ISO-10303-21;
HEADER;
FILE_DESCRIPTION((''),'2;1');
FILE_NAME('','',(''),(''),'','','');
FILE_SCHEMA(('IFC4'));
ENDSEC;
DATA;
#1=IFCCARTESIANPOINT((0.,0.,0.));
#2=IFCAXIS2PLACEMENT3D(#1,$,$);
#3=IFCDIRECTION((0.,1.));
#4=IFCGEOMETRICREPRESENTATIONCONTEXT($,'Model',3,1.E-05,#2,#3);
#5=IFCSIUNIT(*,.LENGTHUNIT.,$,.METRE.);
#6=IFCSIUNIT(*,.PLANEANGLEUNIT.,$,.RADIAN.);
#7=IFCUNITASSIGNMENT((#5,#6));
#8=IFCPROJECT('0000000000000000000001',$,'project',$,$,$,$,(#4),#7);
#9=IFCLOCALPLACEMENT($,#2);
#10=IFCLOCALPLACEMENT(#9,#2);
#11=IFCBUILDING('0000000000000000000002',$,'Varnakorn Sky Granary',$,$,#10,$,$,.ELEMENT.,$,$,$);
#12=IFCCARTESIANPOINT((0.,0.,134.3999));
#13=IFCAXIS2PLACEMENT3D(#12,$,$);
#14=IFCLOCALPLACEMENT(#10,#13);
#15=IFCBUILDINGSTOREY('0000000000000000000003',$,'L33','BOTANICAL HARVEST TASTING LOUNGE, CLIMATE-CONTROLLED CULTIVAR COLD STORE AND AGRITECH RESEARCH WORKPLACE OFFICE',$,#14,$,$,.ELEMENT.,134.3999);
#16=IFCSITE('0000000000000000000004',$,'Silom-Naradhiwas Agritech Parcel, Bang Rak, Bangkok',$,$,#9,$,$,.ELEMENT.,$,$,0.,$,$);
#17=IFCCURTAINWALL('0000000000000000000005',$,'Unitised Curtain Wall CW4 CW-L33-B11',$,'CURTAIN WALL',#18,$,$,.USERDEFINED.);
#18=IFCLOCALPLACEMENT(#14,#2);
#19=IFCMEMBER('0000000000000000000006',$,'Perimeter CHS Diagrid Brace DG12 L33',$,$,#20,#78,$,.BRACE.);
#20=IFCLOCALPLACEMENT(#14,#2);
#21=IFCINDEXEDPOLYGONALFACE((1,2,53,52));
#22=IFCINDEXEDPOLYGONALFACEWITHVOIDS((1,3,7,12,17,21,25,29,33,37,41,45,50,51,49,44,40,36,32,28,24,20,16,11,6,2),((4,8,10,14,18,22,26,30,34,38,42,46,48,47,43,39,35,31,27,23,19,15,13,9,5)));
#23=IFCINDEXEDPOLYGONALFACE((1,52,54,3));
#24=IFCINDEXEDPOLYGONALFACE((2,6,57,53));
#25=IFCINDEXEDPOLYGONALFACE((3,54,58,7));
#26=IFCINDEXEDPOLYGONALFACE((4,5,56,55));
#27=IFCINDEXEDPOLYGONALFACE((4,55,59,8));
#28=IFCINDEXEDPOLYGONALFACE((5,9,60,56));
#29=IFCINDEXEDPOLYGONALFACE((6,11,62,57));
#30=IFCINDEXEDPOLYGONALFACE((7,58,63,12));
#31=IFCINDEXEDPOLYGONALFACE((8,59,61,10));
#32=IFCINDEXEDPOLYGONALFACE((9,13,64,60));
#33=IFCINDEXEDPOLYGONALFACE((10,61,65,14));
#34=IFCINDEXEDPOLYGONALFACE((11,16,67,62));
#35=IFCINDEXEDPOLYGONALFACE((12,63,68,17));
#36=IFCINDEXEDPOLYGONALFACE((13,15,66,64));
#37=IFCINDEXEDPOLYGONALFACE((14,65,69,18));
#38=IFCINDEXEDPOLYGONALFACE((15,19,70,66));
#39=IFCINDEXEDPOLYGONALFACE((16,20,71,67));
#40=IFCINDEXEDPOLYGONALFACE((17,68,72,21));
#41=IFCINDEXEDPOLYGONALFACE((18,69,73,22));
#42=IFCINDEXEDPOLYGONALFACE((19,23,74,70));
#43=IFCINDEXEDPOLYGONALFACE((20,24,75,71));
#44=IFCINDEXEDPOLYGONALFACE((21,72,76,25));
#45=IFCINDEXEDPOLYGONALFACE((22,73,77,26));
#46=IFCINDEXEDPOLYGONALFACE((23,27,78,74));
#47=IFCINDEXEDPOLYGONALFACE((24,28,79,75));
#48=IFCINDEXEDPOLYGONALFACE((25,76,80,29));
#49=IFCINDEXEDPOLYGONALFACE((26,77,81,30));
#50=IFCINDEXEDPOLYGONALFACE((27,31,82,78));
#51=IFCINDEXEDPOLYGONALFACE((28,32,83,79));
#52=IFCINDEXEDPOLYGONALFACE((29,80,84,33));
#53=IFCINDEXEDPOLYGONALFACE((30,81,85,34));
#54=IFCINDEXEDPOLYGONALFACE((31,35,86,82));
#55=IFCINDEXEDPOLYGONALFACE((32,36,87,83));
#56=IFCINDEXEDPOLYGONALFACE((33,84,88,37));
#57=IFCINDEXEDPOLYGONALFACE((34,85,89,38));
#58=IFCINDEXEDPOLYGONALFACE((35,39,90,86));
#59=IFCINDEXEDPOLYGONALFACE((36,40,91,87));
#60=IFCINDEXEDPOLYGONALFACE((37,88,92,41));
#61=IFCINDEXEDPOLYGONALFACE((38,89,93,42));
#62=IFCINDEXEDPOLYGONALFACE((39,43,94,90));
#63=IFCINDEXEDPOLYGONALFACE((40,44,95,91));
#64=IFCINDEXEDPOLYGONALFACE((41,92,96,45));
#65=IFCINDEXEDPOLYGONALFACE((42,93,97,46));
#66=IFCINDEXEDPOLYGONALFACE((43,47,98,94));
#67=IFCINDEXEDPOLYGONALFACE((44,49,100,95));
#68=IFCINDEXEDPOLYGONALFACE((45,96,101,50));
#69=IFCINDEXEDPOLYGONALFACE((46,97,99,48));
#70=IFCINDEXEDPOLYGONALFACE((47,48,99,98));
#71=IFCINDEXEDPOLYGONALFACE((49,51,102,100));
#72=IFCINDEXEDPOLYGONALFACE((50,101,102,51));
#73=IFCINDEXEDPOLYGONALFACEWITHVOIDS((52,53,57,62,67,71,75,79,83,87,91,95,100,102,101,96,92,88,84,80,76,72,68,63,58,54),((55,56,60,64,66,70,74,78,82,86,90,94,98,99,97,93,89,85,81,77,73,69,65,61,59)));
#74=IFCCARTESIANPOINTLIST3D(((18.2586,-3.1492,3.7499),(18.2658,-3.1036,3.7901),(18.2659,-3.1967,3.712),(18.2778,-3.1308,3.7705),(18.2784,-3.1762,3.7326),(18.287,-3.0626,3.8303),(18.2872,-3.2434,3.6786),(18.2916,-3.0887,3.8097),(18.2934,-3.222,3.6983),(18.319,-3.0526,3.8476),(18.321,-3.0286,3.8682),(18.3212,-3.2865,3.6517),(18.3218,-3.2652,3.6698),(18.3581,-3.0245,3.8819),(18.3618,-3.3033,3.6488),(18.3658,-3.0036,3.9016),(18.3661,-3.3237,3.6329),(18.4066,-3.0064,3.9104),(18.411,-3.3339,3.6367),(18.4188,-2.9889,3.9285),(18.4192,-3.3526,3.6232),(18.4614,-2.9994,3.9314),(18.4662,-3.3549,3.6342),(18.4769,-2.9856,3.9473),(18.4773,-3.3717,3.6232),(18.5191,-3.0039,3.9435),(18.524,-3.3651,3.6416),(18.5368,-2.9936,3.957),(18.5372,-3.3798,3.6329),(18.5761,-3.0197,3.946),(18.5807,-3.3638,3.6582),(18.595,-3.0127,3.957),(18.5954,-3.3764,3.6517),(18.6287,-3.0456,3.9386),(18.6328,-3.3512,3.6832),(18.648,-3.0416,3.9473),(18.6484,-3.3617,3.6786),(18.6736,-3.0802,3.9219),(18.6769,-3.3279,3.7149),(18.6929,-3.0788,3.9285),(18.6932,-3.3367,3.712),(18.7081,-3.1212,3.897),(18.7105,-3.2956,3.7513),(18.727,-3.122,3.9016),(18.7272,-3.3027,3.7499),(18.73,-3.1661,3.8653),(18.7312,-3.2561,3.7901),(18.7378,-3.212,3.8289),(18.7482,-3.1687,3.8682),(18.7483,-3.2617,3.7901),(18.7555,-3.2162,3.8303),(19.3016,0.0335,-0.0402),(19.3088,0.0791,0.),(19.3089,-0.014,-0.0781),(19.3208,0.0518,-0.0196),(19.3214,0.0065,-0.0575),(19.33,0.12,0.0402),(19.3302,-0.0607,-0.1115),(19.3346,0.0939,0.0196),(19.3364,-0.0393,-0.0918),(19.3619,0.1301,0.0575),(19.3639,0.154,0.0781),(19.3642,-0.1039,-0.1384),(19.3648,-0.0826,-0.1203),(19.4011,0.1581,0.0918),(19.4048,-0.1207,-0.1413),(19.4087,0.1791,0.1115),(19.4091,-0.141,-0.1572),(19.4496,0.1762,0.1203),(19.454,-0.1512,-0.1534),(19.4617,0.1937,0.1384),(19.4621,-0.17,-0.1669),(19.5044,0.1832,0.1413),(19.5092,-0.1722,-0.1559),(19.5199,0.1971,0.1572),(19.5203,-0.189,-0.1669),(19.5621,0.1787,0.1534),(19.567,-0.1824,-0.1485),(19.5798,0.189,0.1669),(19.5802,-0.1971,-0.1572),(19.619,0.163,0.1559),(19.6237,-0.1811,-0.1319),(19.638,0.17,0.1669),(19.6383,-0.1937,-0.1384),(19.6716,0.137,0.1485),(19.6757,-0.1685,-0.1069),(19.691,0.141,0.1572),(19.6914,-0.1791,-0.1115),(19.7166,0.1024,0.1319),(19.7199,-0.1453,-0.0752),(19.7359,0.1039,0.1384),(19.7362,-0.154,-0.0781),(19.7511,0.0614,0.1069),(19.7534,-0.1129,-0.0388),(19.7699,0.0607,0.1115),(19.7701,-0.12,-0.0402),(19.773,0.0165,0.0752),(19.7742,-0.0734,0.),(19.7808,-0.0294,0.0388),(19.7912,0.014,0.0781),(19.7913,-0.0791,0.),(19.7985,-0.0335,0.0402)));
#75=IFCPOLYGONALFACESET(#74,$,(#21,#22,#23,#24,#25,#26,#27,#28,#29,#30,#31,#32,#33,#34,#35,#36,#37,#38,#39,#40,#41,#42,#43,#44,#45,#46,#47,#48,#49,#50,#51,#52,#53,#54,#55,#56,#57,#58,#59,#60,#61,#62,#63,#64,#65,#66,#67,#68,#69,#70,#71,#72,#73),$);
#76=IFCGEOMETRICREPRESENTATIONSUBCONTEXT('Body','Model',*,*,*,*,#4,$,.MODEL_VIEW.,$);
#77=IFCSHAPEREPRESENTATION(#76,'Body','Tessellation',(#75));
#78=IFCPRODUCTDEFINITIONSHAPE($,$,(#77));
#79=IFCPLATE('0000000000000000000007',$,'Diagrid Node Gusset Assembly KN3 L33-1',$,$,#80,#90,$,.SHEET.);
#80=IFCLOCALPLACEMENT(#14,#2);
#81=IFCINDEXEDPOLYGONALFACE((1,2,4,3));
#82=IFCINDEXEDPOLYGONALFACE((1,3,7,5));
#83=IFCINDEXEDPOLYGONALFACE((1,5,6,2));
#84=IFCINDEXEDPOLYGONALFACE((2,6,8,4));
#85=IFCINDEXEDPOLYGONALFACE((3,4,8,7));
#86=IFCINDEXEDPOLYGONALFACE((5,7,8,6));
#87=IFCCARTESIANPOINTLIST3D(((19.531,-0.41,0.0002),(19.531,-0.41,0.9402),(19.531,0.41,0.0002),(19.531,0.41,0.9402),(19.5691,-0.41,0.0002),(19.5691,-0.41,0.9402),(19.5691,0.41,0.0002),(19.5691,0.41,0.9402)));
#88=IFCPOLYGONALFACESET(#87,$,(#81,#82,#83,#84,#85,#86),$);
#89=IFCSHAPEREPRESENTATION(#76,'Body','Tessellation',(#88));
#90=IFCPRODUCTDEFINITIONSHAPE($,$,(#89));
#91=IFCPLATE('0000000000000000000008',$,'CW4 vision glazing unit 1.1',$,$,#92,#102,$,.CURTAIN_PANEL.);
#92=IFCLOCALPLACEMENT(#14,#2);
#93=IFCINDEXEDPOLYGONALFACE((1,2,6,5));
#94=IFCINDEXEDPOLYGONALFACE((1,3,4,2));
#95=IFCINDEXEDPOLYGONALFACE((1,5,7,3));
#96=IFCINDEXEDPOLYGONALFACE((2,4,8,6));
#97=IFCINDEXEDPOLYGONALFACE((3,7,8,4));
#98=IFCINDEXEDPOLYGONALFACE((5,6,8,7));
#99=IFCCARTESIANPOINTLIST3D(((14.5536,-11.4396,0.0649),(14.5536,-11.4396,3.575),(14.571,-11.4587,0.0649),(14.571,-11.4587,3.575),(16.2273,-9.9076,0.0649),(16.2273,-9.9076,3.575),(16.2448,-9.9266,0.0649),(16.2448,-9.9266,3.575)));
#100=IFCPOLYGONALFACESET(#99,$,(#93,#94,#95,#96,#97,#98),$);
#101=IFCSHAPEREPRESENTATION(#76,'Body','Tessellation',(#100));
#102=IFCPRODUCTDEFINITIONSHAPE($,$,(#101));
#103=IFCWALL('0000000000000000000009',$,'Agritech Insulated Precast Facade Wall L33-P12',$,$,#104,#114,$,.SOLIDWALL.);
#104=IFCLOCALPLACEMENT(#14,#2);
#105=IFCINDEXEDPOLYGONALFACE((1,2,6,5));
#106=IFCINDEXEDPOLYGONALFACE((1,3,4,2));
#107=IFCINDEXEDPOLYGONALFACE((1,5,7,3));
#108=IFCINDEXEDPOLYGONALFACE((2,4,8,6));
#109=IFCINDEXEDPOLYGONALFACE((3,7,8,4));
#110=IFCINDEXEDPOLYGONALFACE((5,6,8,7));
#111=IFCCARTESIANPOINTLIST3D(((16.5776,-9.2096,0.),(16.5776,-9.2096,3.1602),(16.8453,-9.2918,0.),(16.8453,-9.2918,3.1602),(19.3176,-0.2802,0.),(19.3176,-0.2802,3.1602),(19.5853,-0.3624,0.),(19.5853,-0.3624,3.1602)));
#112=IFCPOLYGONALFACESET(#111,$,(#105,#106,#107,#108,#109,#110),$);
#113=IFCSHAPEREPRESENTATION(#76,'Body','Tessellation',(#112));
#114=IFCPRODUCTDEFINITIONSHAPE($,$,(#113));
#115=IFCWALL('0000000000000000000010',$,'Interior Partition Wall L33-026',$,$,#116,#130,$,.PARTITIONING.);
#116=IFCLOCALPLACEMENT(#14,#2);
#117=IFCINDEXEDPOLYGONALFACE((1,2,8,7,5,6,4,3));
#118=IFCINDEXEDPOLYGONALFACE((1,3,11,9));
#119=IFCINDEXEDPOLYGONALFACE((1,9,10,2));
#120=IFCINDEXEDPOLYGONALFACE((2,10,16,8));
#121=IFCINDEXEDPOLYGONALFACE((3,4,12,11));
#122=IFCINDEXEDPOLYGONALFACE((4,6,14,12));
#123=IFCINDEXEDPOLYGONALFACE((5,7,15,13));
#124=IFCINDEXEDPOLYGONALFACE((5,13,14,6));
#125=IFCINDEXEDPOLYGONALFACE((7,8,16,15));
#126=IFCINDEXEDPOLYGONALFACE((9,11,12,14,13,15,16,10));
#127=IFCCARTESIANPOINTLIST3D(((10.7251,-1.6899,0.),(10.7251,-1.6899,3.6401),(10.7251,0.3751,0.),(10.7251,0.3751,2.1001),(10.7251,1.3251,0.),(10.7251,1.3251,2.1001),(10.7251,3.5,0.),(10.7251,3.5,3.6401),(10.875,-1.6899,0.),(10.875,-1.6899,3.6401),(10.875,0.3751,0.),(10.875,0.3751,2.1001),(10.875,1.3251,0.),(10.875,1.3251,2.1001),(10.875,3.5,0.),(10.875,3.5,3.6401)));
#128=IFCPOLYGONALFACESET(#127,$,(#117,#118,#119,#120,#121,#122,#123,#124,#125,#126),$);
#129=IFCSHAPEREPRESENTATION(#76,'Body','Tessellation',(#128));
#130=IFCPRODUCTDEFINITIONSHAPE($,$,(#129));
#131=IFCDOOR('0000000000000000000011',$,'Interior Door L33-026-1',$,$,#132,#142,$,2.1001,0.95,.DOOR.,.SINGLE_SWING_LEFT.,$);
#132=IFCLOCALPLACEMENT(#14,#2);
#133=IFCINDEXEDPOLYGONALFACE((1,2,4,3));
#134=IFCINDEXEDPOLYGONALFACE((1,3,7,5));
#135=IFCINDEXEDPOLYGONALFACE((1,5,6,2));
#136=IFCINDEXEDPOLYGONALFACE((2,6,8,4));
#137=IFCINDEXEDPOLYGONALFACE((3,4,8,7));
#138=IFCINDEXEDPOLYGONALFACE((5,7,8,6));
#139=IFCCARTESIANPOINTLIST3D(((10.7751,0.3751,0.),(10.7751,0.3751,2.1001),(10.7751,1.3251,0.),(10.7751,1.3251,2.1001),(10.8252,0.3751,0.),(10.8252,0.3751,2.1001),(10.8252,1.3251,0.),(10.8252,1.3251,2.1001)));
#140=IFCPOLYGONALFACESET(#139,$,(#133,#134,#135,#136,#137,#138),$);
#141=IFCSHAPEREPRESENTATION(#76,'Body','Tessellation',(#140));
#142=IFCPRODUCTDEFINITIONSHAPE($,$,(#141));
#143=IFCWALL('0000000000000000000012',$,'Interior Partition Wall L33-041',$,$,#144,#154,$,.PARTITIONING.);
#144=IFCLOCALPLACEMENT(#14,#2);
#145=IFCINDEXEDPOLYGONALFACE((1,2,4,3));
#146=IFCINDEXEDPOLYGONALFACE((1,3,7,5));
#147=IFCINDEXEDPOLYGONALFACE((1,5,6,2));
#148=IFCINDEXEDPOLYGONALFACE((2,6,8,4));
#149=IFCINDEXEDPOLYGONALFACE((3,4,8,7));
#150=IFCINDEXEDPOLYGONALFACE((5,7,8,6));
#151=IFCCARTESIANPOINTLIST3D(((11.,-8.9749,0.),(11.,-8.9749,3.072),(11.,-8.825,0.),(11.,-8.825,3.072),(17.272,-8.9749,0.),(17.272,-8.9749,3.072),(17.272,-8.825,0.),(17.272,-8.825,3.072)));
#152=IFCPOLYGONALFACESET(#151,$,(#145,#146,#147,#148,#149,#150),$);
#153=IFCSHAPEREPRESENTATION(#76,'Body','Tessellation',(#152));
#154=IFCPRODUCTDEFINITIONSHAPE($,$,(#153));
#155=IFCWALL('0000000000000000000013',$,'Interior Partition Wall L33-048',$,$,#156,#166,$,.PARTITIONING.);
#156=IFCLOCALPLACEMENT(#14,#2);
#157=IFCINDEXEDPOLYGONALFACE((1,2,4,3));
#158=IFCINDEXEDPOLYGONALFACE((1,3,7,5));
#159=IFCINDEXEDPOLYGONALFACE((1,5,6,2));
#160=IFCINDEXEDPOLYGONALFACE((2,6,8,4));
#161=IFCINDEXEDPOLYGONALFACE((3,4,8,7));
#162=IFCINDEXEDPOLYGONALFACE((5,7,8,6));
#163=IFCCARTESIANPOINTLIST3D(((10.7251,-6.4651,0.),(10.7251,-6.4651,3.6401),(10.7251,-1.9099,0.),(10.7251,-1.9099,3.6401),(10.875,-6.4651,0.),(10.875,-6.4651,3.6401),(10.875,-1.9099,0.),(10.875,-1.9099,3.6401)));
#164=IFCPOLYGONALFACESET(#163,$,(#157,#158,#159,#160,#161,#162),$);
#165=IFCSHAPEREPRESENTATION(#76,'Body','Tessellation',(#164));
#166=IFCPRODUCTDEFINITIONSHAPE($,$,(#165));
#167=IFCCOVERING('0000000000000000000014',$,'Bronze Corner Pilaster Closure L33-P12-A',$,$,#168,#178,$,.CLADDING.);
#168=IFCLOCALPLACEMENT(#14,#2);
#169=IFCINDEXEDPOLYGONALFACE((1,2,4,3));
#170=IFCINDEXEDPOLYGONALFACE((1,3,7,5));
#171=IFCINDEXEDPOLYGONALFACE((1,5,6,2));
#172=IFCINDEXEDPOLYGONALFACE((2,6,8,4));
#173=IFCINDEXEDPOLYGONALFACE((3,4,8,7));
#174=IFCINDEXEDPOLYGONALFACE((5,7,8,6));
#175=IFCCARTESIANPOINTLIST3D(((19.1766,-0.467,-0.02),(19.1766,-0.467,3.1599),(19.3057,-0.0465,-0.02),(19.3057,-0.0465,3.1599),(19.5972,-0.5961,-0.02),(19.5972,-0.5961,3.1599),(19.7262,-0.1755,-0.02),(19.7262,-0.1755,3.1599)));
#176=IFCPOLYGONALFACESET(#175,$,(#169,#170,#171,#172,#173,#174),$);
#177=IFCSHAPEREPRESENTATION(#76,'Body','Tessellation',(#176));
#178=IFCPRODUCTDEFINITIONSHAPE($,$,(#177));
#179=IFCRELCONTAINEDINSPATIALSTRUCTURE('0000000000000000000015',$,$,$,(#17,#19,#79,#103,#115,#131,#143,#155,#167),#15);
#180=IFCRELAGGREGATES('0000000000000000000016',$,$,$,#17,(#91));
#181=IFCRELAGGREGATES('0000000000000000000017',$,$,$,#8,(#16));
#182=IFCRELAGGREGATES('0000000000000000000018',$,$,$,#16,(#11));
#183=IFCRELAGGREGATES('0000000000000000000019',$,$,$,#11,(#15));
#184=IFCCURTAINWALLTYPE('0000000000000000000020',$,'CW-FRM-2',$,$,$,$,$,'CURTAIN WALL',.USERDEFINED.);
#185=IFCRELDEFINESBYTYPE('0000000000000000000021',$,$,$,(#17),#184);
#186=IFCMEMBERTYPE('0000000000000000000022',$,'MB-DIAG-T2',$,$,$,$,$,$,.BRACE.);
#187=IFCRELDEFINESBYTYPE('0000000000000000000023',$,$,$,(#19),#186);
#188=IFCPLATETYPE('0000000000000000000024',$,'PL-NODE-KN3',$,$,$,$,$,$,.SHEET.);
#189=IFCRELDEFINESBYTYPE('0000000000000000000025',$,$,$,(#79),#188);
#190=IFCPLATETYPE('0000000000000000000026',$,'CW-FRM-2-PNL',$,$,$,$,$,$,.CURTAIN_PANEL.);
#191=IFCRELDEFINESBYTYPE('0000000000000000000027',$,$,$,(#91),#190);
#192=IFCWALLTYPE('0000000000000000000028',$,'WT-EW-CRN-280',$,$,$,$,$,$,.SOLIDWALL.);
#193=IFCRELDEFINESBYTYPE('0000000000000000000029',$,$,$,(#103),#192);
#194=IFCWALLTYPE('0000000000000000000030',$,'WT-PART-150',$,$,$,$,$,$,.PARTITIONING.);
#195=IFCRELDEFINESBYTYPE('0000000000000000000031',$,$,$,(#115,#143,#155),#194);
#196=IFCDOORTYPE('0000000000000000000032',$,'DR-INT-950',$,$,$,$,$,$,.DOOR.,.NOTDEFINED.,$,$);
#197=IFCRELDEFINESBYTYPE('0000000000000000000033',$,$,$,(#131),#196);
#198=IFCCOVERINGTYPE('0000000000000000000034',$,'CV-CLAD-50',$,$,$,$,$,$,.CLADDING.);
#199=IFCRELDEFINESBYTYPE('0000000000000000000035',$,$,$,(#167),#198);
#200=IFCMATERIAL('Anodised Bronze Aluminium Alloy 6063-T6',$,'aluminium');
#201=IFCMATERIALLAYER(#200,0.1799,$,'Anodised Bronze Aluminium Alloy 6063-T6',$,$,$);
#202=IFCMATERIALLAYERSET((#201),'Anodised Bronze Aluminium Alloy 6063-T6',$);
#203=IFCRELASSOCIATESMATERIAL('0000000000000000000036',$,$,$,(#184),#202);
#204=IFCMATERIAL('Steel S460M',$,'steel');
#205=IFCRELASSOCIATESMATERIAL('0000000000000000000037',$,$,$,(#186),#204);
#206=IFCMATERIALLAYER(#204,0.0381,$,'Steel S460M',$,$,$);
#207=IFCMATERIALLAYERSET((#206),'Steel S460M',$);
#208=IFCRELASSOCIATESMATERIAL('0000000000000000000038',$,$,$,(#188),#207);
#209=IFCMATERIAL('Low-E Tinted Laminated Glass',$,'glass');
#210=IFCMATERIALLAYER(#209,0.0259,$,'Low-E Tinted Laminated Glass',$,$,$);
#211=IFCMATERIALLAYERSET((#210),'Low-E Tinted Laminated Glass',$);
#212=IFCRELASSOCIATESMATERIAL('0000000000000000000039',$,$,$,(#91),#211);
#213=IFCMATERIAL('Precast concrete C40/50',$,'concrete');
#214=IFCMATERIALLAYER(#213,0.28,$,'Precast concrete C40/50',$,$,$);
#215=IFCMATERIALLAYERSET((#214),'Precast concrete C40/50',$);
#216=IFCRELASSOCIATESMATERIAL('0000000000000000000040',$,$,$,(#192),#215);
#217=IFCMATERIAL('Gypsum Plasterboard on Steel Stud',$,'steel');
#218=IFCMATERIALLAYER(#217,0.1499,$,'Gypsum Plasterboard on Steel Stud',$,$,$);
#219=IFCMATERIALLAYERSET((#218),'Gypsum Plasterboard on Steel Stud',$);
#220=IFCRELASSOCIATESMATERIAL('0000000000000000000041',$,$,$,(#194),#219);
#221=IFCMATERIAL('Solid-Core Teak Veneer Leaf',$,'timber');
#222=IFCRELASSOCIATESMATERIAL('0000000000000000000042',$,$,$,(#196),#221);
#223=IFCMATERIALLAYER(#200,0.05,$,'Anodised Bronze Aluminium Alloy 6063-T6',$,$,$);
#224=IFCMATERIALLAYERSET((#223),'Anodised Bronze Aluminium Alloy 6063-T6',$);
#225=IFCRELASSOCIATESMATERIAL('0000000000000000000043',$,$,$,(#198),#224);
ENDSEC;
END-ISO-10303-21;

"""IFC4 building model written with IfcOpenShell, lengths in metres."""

from ifc_helpers import new_model, si_unit, direction, frame, frame_2d, origin, origin_2d, place, context, subcontext, project, spatial, rectangle, hollow_circle, extrude, source, transform, mapped, material, layer, layer_set, material_profile, profile_set, type_object, type_shapes, element, fill, aggregate, save


model = new_model("IFC4")

# Units and contexts
model_context = context("Model", 3, precision=1e-05, world=origin(), true_north=direction((0.0, 1.0)))
body_context = subcontext(model_context, "Body", "Model", "MODEL_VIEW")
ifc_project = project(units=[si_unit("LENGTHUNIT", "METRE"), si_unit("PLANEANGLEUNIT", "RADIAN")], contexts=[model_context])

# Site, building, storey
site_placement = place(None, origin())
site = spatial("IfcSite", under=ifc_project, at=site_placement, Name="Silom-Naradhiwas Agritech Parcel, Bang Rak, Bangkok", CompositionType="ELEMENT", RefElevation=0.0)
building_placement = place(site_placement, origin())
building = spatial("IfcBuilding", under=site, at=building_placement, Name="Varnakorn Sky Granary", CompositionType="ELEMENT")
storey_placement = place(building_placement, frame((0.0, 0.0, 134.3999)))
storey = spatial("IfcBuildingStorey", under=building, at=storey_placement, Name="L33", Description="BOTANICAL HARVEST TASTING LOUNGE, CLIMATE-CONTROLLED CULTIVAR COLD STORE AND AGRITECH RESEARCH WORKPLACE OFFICE", CompositionType="ELEMENT", Elevation=134.3999)

# Shared definitions
ifc_material_1 = material(Name="Steel S460M", Category="steel")

# Shared definitions
ifc_material_2 = material(Name="Anodised Bronze Aluminium Alloy 6063-T6", Category="aluminium")
ifc_layer_1 = layer(ifc_material_2, 0.1799, Name="Anodised Bronze Aluminium Alloy 6063-T6")
ifc_layer_set_1 = layer_set([ifc_layer_1], Name="Anodised Bronze Aluminium Alloy 6063-T6")
curtain_wall_type = type_object("IfcCurtainWallType", Name="CW-FRM-2", ElementType="CURTAIN WALL", PredefinedType="USERDEFINED", material=ifc_layer_set_1)

# Curtain wall
curtain_wall_1_placement = place(storey_placement, origin())
curtain_wall_1 = element("IfcCurtainWall", 1, at=curtain_wall_1_placement, inside=storey, type_object=curtain_wall_type, Name="Unitised Curtain Wall CW4 CW-L33-B11", ObjectType="CURTAIN WALL", PredefinedType="USERDEFINED")

# Member
ifc_material_profile_1 = material_profile(ifc_material_1, hollow_circle(Radius=0.2539, WallThickness=0.0181, at=origin_2d()), Name="CHS 508x18")
ifc_profile_set_1 = profile_set([ifc_material_profile_1], Name="Steel S460M")
member_type_1 = type_object("IfcMemberType", Name="MB-DIAG-T2", PredefinedType="BRACE", material=ifc_profile_set_1)
for number, where, z_axis, x_axis, name in (
    (2, (19.55, 0.0, 0.0), (-0.20621, -0.629251, 0.749347), (0.950275, -0.311413, 0.0), "Perimeter CHS Diagrid Brace DG12 L33"),
):
    element("IfcMember", number, at=place(storey_placement, frame(where, z_axis=z_axis, x_axis=x_axis)), inside=storey, type_object=member_type_1, Name=name, PredefinedType="BRACE", context=body_context, shape_type="SweptSolid", body=[
        extrude(hollow_circle(Radius=0.2539, WallThickness=0.0181, at=origin_2d()), origin(), (0.0, 0.0, 1.0), 5.0579),
    ])

# Plates
ifc_layer_2 = layer(ifc_material_1, 0.0381, Name="Steel S460M")
ifc_layer_set_2 = layer_set([ifc_layer_2], Name="Steel S460M")
plate_type_1 = type_object("IfcPlateType", Name="PL-NODE-KN3", PredefinedType="SHEET", material=ifc_layer_set_2)
plate_1_placement = place(storey_placement, frame((19.55, 0.0, 0.0002), z_axis=(0.0, 0.0, 1.0), x_axis=(0.0, 1.0, 0.0)))
element("IfcPlate", 3, at=plate_1_placement, inside=storey, type_object=plate_type_1, Name="Diagrid Node Gusset Assembly KN3 L33-1", PredefinedType="SHEET", context=body_context, shape_type="SweptSolid", body=[
    extrude(rectangle(XDim=0.8201, YDim=0.0381, at=origin_2d()), origin(), (0.0, 0.0, 1.0), 0.9399),
])
ifc_material_3 = material(Name="Low-E Tinted Laminated Glass", Category="glass")
ifc_layer_3 = layer(ifc_material_3, 0.0259, Name="Low-E Tinted Laminated Glass")
ifc_layer_set_3 = layer_set([ifc_layer_3], Name="Low-E Tinted Laminated Glass")
plate_type_2 = type_object("IfcPlateType", Name="CW-FRM-2-PNL", PredefinedType="CURTAIN_PANEL")
shared_shape_1 = source(origin(), body_context, "Body", "SweptSolid", [
    extrude(rectangle(XDim=2.269, YDim=0.0259, at=origin_2d()), origin(), (0.0, 0.0, 1.0), 3.51),
])
type_shapes(plate_type_2, [shared_shape_1])
plate_2_placement = place(storey_placement, frame((15.3992, -10.6831, 0.0649), z_axis=(0.0, 0.0, 1.0), x_axis=(-0.737651, -0.675183, 0.0)))
plate_2 = element("IfcPlate", 4, at=plate_2_placement, type_object=plate_type_2, material=ifc_layer_set_3, Name="CW4 vision glazing unit 1.1", PredefinedType="CURTAIN_PANEL", context=body_context, shape_type="MappedRepresentation", body=[
    mapped(shared_shape_1, transform((0.0, 0.0, 0.0), x_axis=(1.0, 0.0, 0.0), y_axis=(0.0, 1.0, 0.0), z_axis=(0.0, 0.0, 1.0), scale=1.0)),
])
aggregate(curtain_wall_1, [plate_2])

# Wall
ifc_material_4 = material(Name="Precast concrete C40/50", Category="concrete")
ifc_layer_4 = layer(ifc_material_4, 0.28, Name="Precast concrete C40/50")
ifc_layer_set_4 = layer_set([ifc_layer_4], Name="Precast concrete C40/50")
wall_type_1 = type_object("IfcWallType", Name="WT-EW-CRN-280", PredefinedType="SOLIDWALL", material=ifc_layer_set_4)
wall_1_placement = place(storey_placement, frame((19.4514, -0.3213, 0.0), z_axis=(0.0, 0.0, 1.0), x_axis=(-0.293349, -0.956005, 0.0)))
element("IfcWall", 5, at=wall_1_placement, inside=storey, type_object=wall_type_1, Name="Agritech Insulated Precast Facade Wall L33-P12", PredefinedType="SOLIDWALL", context=body_context, shape_type="SweptSolid", body=[
    extrude(rectangle(XDim=9.3403, YDim=0.28, at=frame_2d((4.6702, 0.0))), origin(), (0.0, 0.0, 1.0), 3.1602),
])

# Wall, opening, door
ifc_material_5 = material(Name="Gypsum Plasterboard on Steel Stud", Category="steel")
ifc_layer_5 = layer(ifc_material_5, 0.1499, Name="Gypsum Plasterboard on Steel Stud")
ifc_layer_set_5 = layer_set([ifc_layer_5], Name="Gypsum Plasterboard on Steel Stud")
wall_type_2 = type_object("IfcWallType", Name="WT-PART-150", PredefinedType="PARTITIONING", material=ifc_layer_set_5)
wall_2_placement = place(storey_placement, frame((10.8, -1.6899, 0.0), z_axis=(0.0, 0.0, 1.0), x_axis=(0.0, 1.0, 0.0)))
wall_2 = element("IfcWall", 6, at=wall_2_placement, inside=storey, type_object=wall_type_2, Name="Interior Partition Wall L33-026", PredefinedType="PARTITIONING", context=body_context, shape_type="SweptSolid", body=[
    extrude(rectangle(XDim=5.1899, YDim=0.1499, at=frame_2d((2.595, 0.0))), origin(), (0.0, 0.0, 1.0), 3.6401),
])
opening_placement = place(wall_2_placement, frame((2.0649, 0.0, 0.0)))
opening = element("IfcOpeningElement", 7, at=opening_placement, cuts=wall_2, PredefinedType="OPENING", context=body_context, shape_type="SweptSolid", body=[
    extrude(rectangle(XDim=0.95, YDim=2.1001, at=frame_2d((0.4751, 1.05))), frame((0.0, 0.085, 0.0), z_axis=(0.0, -1.0, 0.0), x_axis=(1.0, 0.0, 0.0)), (0.0, 0.0, 1.0), 0.1699),
])
ifc_material_6 = material(Name="Solid-Core Teak Veneer Leaf", Category="timber")
door_type = type_object("IfcDoorType", Name="DR-INT-950", OperationType="NOTDEFINED", PredefinedType="DOOR", material=ifc_material_6)
door_placement = place(opening_placement, origin())
door = element("IfcDoor", 8, at=door_placement, inside=storey, type_object=door_type, Name="Interior Door L33-026-1", OperationType="SINGLE_SWING_LEFT", OverallHeight=2.1001, OverallWidth=0.95, PredefinedType="DOOR", context=body_context, shape_type="SweptSolid", body=[
    extrude(rectangle(XDim=0.95, YDim=2.1001, at=frame_2d((0.4751, 1.05))), frame((0.0, 0.0249, 0.0), z_axis=(0.0, -1.0, 0.0), x_axis=(1.0, 0.0, 0.0)), (0.0, 0.0, 1.0), 0.05),
])
fill(opening, door)

# Walls
wall_3_placement = place(storey_placement, frame((11.0, -8.8999, 0.0), z_axis=(0.0, 0.0, 1.0), x_axis=(1.0, 0.0, 0.0)))
element("IfcWall", 9, at=wall_3_placement, inside=storey, type_object=wall_type_2, Name="Interior Partition Wall L33-041", PredefinedType="PARTITIONING", context=body_context, shape_type="SweptSolid", body=[
    extrude(rectangle(XDim=6.272, YDim=0.1499, at=frame_2d((3.136, 0.0))), origin(), (0.0, 0.0, 1.0), 3.072),
])
wall_4_placement = place(storey_placement, frame((10.8, -6.4651, 0.0), z_axis=(0.0, 0.0, 1.0), x_axis=(0.0, 1.0, 0.0)))
element("IfcWall", 10, at=wall_4_placement, inside=storey, type_object=wall_type_2, Name="Interior Partition Wall L33-048", PredefinedType="PARTITIONING", context=body_context, shape_type="SweptSolid", body=[
    extrude(rectangle(XDim=4.5552, YDim=0.1499, at=frame_2d((2.2776, 0.0))), origin(), (0.0, 0.0, 1.0), 3.6401),
])

# Covering
ifc_layer_6 = layer(ifc_material_2, 0.05, Name="Anodised Bronze Aluminium Alloy 6063-T6")
ifc_layer_set_6 = layer_set([ifc_layer_6], Name="Anodised Bronze Aluminium Alloy 6063-T6")
covering_type = type_object("IfcCoveringType", Name="CV-CLAD-50", PredefinedType="CLADDING", material=ifc_layer_set_6)
shared_shape_2 = source(origin(), body_context, "Body", "SweptSolid", [
    extrude(rectangle(XDim=0.4399, YDim=0.4399, at=origin_2d()), origin(), (0.0, 0.0, 1.0), 3.1799),
])
type_shapes(covering_type, [shared_shape_2])
for number, where, z_axis, x_axis, name in (
    (11, (19.4514, -0.3213, -0.02), (0.0, 0.0, 1.0), (-0.293373, -0.955998, 0.0), "Bronze Corner Pilaster Closure L33-P12-A"),
):
    element("IfcCovering", number, at=place(storey_placement, frame(where, z_axis=z_axis, x_axis=x_axis)), inside=storey, type_object=covering_type, Name=name, PredefinedType="CLADDING", context=body_context, shape_type="MappedRepresentation", body=[
        mapped(shared_shape_2, transform((0.0, 0.0, 0.0), x_axis=(1.0, 0.0, 0.0), y_axis=(0.0, 1.0, 0.0), z_axis=(0.0, 0.0, 1.0), scale=1.0)),
    ])

save(model, "model.ifc")
